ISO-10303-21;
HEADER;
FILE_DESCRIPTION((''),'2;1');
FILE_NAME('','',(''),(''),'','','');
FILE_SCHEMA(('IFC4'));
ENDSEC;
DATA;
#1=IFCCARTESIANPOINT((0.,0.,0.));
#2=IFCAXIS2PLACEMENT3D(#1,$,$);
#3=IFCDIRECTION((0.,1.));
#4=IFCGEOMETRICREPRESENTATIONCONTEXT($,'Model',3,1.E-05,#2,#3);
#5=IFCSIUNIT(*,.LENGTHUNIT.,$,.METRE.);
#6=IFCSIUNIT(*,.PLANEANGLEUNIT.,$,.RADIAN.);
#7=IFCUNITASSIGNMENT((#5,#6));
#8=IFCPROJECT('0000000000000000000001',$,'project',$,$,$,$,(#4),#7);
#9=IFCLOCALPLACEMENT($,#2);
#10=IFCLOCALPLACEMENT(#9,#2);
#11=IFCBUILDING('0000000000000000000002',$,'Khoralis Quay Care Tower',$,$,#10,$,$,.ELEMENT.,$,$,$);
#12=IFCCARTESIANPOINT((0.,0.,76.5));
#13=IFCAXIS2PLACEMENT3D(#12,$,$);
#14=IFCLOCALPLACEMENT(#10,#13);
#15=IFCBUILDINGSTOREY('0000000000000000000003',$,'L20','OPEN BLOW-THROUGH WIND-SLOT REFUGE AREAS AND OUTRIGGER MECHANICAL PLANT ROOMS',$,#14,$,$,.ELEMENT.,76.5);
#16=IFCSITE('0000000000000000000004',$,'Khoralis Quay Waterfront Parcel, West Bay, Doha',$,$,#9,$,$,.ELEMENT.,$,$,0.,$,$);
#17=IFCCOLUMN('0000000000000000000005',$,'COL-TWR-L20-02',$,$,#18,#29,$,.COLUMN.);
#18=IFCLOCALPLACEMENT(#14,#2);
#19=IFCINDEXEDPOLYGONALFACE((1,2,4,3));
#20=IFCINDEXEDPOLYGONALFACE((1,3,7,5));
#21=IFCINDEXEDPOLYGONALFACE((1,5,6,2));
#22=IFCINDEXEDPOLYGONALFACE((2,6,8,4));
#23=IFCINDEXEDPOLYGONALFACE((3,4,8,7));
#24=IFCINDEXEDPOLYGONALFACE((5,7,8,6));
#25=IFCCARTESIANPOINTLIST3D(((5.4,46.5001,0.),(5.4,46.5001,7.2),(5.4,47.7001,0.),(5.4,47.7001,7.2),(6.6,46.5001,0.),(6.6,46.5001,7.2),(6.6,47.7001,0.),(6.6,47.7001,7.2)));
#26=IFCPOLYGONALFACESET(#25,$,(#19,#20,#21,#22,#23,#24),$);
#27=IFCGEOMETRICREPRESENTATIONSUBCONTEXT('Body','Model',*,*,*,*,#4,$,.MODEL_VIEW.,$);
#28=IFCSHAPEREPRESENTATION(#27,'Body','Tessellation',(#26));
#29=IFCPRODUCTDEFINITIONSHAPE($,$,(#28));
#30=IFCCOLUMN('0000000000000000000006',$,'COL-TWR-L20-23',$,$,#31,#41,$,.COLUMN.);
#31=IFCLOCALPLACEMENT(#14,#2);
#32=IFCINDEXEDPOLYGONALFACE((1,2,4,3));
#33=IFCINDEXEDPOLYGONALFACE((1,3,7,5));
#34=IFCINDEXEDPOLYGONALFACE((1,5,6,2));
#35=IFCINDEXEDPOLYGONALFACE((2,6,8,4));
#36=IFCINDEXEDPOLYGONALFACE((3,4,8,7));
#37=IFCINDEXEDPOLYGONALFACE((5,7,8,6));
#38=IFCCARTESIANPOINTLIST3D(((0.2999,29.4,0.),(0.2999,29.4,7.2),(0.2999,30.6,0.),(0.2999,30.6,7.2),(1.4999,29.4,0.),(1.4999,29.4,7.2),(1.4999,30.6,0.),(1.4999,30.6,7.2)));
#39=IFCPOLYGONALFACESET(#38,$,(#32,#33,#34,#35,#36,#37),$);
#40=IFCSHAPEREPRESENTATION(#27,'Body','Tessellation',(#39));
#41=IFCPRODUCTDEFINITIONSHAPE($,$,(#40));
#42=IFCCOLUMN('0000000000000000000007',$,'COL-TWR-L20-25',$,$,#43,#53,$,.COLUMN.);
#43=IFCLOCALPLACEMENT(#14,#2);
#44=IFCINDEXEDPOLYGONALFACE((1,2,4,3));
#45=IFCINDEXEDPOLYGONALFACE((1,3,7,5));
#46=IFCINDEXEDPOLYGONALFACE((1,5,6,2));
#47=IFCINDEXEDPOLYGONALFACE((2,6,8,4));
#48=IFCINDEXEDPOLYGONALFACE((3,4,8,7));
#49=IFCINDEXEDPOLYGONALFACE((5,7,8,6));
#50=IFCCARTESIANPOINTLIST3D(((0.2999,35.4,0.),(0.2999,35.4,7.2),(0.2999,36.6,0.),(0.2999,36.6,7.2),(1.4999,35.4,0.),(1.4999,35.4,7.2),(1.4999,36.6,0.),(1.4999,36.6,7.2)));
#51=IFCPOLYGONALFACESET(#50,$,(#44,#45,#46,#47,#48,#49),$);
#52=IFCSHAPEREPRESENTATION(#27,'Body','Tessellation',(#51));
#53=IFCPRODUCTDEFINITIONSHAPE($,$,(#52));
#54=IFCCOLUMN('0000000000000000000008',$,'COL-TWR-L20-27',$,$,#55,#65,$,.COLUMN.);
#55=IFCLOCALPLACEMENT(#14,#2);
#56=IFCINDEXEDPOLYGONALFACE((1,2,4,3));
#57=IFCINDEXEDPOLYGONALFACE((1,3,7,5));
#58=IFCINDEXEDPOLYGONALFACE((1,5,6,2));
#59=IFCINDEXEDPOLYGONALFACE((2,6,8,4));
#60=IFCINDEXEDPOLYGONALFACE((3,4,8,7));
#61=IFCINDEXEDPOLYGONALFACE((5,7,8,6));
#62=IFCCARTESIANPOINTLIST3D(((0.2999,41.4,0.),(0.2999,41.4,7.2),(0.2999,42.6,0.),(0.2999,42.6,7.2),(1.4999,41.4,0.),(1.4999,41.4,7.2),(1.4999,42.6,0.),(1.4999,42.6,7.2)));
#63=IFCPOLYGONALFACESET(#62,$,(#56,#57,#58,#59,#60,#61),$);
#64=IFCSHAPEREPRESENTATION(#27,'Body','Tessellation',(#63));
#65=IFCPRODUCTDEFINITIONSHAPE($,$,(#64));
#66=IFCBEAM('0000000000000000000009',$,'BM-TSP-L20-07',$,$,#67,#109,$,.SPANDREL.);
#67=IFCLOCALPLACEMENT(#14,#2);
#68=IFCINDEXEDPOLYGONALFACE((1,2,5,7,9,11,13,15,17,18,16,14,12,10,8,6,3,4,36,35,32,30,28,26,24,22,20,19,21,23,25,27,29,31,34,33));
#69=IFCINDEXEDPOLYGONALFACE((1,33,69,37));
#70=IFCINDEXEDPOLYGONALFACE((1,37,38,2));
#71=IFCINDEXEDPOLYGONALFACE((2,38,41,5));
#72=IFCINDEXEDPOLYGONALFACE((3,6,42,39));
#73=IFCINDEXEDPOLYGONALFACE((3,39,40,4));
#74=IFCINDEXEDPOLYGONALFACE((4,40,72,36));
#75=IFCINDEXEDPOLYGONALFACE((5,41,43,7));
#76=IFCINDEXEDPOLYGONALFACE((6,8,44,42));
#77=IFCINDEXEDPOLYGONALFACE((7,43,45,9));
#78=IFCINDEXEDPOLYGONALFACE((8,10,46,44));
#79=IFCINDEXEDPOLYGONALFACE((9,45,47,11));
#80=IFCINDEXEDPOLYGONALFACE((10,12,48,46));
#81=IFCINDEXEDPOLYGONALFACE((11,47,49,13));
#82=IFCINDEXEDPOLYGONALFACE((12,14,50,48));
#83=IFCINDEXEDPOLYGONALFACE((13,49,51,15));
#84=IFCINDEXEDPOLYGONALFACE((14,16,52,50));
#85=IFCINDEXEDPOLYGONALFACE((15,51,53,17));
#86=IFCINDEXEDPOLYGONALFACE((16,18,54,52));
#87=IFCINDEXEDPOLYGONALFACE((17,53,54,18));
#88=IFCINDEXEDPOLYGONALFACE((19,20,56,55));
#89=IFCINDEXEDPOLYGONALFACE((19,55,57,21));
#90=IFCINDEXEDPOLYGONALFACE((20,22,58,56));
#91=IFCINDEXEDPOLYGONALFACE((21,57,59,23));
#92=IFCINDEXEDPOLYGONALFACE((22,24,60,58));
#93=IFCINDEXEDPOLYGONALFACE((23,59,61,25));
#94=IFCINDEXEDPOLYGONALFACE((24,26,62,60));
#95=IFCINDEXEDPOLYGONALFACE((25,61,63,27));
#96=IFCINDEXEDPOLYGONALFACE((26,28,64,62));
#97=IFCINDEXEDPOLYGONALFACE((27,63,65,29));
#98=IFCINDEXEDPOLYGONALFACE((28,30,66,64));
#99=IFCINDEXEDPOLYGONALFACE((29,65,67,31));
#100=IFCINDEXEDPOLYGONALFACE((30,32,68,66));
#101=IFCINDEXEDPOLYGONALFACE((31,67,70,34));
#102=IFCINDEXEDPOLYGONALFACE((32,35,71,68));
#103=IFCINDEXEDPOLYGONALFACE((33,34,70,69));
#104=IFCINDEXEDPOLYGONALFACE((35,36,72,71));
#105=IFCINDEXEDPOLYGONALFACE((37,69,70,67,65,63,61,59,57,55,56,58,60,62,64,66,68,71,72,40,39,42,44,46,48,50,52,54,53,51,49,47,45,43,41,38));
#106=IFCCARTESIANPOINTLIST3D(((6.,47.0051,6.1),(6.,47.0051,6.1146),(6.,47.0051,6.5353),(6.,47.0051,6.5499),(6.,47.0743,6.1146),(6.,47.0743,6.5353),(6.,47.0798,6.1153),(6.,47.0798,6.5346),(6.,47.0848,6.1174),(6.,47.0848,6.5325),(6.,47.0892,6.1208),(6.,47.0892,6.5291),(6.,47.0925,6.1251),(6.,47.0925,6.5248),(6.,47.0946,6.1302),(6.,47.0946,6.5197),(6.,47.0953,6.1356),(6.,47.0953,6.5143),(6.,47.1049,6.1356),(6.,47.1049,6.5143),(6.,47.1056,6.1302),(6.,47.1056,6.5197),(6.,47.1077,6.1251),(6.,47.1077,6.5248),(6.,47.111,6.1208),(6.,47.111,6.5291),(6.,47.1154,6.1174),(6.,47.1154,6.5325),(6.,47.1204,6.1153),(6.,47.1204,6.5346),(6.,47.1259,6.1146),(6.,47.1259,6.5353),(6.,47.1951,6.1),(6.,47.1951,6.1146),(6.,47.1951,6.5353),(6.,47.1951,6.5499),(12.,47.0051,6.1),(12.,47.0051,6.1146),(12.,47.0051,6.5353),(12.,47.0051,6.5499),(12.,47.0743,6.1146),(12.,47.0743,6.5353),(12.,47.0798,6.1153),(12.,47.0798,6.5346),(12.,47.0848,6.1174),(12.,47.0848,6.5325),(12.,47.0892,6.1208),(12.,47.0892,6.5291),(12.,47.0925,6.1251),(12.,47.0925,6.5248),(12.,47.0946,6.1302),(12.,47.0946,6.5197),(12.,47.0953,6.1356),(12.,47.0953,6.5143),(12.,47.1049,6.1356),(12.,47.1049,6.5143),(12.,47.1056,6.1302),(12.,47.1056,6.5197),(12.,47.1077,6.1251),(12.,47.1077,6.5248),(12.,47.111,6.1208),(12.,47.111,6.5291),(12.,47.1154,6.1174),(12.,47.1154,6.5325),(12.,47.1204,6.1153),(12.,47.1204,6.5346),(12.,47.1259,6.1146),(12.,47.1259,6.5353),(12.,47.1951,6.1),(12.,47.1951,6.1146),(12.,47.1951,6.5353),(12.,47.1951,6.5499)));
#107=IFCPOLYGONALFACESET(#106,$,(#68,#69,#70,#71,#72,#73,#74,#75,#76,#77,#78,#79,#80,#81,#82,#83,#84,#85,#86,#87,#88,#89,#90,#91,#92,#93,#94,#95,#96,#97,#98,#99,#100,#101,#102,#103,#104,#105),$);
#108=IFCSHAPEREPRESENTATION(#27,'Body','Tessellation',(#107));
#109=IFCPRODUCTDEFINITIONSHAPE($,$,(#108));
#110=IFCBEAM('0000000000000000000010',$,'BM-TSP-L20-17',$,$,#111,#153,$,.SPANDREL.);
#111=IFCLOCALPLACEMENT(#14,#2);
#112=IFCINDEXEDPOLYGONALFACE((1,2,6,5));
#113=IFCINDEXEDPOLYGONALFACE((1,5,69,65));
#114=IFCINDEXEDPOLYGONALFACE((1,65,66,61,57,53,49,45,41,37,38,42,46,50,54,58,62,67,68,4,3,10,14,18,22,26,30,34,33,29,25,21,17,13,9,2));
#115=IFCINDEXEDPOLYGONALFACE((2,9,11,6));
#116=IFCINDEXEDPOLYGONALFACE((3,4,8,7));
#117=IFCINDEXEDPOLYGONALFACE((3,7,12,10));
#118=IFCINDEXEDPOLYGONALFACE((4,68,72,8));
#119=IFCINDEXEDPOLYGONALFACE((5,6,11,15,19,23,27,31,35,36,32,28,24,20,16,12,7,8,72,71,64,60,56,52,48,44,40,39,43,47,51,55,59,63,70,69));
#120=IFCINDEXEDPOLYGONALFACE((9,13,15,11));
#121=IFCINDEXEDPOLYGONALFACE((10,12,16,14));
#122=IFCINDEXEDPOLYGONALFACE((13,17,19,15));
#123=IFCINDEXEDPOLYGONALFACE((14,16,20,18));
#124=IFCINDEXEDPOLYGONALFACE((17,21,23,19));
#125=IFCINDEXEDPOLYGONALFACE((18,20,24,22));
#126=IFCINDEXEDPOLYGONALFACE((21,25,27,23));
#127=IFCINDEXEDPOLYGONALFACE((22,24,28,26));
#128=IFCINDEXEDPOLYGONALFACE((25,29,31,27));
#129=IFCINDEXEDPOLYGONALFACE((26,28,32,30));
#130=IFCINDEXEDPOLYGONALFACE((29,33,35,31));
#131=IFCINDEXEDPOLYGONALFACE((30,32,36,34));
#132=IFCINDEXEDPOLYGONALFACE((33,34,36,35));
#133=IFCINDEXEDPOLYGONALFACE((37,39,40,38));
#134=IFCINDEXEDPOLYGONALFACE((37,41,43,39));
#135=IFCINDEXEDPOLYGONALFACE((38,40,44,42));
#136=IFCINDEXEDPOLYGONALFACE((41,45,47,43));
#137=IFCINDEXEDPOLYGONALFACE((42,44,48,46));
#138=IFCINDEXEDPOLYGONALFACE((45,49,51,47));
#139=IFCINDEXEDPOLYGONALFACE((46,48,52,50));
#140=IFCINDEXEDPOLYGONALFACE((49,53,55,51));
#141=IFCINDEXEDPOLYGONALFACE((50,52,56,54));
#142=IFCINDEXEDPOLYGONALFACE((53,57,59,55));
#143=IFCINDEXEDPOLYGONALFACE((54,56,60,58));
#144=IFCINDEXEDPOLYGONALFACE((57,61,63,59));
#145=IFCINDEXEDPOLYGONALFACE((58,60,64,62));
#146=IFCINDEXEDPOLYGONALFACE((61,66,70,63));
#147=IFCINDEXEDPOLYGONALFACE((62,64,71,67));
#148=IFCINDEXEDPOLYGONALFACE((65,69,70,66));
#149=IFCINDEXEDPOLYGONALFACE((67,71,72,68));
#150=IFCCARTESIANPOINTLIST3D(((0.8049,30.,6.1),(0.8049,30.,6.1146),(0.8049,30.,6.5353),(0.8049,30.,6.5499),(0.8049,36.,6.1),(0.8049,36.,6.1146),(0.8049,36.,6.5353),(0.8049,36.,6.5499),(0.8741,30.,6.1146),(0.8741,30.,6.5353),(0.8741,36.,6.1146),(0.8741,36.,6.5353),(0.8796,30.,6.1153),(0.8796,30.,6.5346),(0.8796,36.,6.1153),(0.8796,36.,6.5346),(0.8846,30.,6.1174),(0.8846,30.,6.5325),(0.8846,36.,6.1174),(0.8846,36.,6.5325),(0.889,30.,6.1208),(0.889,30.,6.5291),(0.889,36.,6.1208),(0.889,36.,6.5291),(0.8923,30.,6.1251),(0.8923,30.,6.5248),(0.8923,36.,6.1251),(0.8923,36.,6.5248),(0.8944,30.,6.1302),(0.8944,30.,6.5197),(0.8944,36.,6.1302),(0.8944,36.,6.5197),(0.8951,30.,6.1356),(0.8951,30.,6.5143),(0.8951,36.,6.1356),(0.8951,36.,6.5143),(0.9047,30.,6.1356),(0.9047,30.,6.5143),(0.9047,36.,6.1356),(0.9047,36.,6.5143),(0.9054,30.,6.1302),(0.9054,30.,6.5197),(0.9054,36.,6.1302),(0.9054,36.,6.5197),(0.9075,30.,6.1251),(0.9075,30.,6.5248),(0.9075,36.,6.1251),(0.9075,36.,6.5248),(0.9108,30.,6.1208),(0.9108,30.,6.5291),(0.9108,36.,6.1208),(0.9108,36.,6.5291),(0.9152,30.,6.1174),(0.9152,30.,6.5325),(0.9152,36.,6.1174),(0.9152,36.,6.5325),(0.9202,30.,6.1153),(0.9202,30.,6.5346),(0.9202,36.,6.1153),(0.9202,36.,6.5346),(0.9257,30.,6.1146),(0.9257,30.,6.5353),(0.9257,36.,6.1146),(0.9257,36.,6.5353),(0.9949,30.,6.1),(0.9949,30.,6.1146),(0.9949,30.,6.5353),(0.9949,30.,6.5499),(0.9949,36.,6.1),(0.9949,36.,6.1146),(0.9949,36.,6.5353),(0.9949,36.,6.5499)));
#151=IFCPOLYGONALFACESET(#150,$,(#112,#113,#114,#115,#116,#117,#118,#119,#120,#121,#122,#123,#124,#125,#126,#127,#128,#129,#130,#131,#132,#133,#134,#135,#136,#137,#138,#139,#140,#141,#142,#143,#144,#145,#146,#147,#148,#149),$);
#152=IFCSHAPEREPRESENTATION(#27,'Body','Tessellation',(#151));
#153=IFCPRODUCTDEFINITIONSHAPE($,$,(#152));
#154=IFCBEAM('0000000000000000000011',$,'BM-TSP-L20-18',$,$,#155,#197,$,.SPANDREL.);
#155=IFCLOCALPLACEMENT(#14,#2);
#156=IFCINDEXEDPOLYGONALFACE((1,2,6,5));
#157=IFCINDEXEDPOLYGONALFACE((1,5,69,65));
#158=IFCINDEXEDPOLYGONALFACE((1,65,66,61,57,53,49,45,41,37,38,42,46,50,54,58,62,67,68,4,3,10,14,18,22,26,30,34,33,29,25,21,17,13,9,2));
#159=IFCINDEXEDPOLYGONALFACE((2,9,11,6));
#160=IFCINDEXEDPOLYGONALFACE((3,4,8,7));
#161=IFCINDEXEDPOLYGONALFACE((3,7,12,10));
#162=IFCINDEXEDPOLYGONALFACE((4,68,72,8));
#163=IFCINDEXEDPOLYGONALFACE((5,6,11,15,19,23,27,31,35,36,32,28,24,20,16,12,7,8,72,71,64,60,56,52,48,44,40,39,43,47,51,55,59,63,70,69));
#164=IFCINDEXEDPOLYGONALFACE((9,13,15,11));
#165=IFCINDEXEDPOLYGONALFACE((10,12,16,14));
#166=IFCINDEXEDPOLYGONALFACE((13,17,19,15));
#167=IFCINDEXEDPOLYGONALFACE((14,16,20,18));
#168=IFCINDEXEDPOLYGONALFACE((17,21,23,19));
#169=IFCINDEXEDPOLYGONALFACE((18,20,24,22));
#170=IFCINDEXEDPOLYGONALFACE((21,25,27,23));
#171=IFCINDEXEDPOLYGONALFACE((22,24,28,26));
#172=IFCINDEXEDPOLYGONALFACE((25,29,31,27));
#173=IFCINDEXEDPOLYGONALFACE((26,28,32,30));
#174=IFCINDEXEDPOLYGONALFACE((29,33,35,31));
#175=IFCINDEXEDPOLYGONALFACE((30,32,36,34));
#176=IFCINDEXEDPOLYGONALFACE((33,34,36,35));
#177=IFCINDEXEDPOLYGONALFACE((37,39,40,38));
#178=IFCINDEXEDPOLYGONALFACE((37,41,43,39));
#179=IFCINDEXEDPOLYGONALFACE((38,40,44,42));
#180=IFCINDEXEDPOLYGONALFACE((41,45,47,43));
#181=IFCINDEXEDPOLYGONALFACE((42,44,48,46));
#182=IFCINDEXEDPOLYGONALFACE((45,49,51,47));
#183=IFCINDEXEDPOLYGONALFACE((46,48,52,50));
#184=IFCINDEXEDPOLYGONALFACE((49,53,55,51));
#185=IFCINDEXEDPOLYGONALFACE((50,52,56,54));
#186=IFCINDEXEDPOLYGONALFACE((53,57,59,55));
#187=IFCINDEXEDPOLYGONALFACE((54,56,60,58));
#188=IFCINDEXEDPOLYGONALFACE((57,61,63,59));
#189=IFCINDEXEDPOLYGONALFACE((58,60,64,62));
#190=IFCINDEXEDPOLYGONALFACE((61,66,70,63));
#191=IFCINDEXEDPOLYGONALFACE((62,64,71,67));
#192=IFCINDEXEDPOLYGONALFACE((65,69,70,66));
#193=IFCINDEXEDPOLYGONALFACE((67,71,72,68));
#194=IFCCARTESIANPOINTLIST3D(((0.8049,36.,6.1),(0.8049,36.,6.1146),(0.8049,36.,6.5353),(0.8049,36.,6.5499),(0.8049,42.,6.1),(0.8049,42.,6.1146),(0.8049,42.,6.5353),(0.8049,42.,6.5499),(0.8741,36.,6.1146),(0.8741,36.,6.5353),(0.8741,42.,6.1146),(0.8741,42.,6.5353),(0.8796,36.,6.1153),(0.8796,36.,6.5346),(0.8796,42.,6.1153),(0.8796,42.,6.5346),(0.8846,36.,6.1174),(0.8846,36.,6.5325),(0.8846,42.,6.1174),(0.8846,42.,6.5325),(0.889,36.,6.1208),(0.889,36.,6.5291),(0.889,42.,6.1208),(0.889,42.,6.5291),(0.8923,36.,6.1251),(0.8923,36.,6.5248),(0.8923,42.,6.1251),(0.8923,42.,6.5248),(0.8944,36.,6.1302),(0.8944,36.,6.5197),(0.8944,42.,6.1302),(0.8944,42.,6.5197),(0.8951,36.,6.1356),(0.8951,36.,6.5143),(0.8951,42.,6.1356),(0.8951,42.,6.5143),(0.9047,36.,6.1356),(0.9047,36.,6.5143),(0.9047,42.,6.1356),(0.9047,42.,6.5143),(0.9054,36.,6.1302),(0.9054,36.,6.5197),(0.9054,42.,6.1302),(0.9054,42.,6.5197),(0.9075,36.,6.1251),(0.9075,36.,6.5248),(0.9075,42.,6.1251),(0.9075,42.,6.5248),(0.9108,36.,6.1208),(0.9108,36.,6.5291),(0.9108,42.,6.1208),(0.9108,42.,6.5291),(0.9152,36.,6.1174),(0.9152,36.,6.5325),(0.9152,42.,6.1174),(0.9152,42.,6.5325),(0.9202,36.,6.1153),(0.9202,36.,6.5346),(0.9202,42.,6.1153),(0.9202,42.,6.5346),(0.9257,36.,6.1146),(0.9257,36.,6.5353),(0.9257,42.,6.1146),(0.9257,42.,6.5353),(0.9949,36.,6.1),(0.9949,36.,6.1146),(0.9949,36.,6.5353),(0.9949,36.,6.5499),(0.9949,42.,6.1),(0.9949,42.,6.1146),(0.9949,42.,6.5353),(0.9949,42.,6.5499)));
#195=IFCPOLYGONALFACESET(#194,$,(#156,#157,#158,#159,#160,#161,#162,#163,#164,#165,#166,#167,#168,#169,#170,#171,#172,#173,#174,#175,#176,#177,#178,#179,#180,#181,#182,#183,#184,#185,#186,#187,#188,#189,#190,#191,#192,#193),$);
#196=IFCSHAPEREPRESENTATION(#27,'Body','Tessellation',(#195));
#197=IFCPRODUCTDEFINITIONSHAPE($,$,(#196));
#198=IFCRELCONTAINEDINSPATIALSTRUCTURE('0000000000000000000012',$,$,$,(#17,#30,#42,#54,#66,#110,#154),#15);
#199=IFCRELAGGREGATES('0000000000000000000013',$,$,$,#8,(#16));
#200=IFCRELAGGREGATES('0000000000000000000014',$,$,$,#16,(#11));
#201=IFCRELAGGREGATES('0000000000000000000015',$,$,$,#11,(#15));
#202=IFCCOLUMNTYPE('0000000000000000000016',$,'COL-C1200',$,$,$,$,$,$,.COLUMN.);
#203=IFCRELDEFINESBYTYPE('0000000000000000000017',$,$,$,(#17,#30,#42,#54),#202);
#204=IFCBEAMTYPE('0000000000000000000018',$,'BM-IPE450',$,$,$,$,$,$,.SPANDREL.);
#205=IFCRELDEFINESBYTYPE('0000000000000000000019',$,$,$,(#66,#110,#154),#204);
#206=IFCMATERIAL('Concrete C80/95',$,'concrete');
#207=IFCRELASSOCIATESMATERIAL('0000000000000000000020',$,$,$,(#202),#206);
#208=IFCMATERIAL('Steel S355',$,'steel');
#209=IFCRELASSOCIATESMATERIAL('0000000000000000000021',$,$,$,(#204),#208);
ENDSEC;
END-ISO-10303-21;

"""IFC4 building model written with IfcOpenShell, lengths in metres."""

from ifc_helpers import new_model, si_unit, direction, frame, origin, origin_2d, place, context, subcontext, project, spatial, rectangle, i_section, extrude, source, transform, mapped, material, material_profile, profile_set, type_object, element, save


model = new_model("IFC4")

# Units and contexts
model_context = context("Model", 3, precision=1e-05, world=origin(), true_north=direction((0.0, 1.0)))
body_context = subcontext(model_context, "Body", "Model", "MODEL_VIEW")
ifc_project = project(units=[si_unit("LENGTHUNIT", "METRE"), si_unit("PLANEANGLEUNIT", "RADIAN")], contexts=[model_context])

# Site, building, storey
site_placement = place(None, origin())
site = spatial("IfcSite", under=ifc_project, at=site_placement, Name="Khoralis Quay Waterfront Parcel, West Bay, Doha", CompositionType="ELEMENT", RefElevation=0.0)
building_placement = place(site_placement, origin())
building = spatial("IfcBuilding", under=site, at=building_placement, Name="Khoralis Quay Care Tower", CompositionType="ELEMENT")
storey_placement = place(building_placement, frame((0.0, 0.0, 76.5)))
storey = spatial("IfcBuildingStorey", under=building, at=storey_placement, Name="L20", Description="OPEN BLOW-THROUGH WIND-SLOT REFUGE AREAS AND OUTRIGGER MECHANICAL PLANT ROOMS", CompositionType="ELEMENT", Elevation=76.5)

# Columns
ifc_material_1 = material(Name="Concrete C80/95", Category="concrete")
ifc_material_profile_1 = material_profile(ifc_material_1, rectangle(XDim=1.2, YDim=1.2, at=origin_2d()), Name="Concrete C80/95")
ifc_profile_set_1 = profile_set([ifc_material_profile_1], Name="Concrete C80/95")
column_type = type_object("IfcColumnType", Name="COL-C1200", PredefinedType="COLUMN", material=ifc_profile_set_1)
shared_shape_1 = source(origin(), body_context, "Body", "SweptSolid", [
    extrude(rectangle(XDim=1.2, YDim=1.2, at=origin_2d()), origin(), (0.0, 0.0, 1.0), 7.2),
])
for number, where, z_axis, x_axis, name in (
    (1, (6.0, 47.1001, 0.0), (0.0, 0.0, 1.0), (1.0, 0.0, 0.0), "COL-TWR-L20-02"),
    (2, (0.8999, 30.0, 0.0), (0.0, 0.0, 1.0), (1.0, 0.0, 0.0), "COL-TWR-L20-23"),
    (3, (0.8999, 36.0, 0.0), (0.0, 0.0, 1.0), (1.0, 0.0, 0.0), "COL-TWR-L20-25"),
    (4, (0.8999, 42.0, 0.0), (0.0, 0.0, 1.0), (1.0, 0.0, 0.0), "COL-TWR-L20-27"),
):
    element("IfcColumn", number, at=place(storey_placement, frame(where, z_axis=z_axis, x_axis=x_axis)), inside=storey, type_object=column_type, Name=name, PredefinedType="COLUMN", context=body_context, shape_type="MappedRepresentation", body=[
        mapped(shared_shape_1, transform((0.0, 0.0, 0.0), scale=1.0)),
    ])

# Beams
ifc_material_2 = material(Name="Steel S355", Category="steel")
ifc_material_profile_2 = material_profile(ifc_material_2, i_section(OverallWidth=0.1899, OverallDepth=0.45, WebThickness=0.0095, FlangeThickness=0.0146, FilletRadius=0.021, at=origin_2d()), Name="Steel S355")
ifc_profile_set_2 = profile_set([ifc_material_profile_2], Name="Steel S355")
beam_type_1 = type_object("IfcBeamType", Name="BM-IPE450", PredefinedType="SPANDREL", material=ifc_profile_set_2)
shared_shape_2 = source(origin(), body_context, "Body", "SweptSolid", [
    extrude(i_section(OverallWidth=0.1899, OverallDepth=0.45, WebThickness=0.0095, FlangeThickness=0.0146, FilletRadius=0.021, at=origin_2d()), origin(), (0.0, 0.0, 1.0), 6.0),
])
for number, where, z_axis, x_axis, name in (
    (5, (6.0, 47.1001, 6.325), (1.0, 0.0, 0.0), (0.0, 1.0, 0.0), "BM-TSP-L20-07"),
    (6, (0.8999, 30.0, 6.325), (0.0, 1.0, 0.0), (-1.0, 0.0, 0.0), "BM-TSP-L20-17"),
    (7, (0.8999, 36.0, 6.325), (0.0, 1.0, 0.0), (-1.0, 0.0, 0.0), "BM-TSP-L20-18"),
):
    element("IfcBeam", number, at=place(storey_placement, frame(where, z_axis=z_axis, x_axis=x_axis)), inside=storey, type_object=beam_type_1, Name=name, PredefinedType="SPANDREL", context=body_context, shape_type="MappedRepresentation", body=[
        mapped(shared_shape_2, transform((0.0, 0.0, 0.0), scale=1.0)),
    ])

save(model, "model.ifc")
